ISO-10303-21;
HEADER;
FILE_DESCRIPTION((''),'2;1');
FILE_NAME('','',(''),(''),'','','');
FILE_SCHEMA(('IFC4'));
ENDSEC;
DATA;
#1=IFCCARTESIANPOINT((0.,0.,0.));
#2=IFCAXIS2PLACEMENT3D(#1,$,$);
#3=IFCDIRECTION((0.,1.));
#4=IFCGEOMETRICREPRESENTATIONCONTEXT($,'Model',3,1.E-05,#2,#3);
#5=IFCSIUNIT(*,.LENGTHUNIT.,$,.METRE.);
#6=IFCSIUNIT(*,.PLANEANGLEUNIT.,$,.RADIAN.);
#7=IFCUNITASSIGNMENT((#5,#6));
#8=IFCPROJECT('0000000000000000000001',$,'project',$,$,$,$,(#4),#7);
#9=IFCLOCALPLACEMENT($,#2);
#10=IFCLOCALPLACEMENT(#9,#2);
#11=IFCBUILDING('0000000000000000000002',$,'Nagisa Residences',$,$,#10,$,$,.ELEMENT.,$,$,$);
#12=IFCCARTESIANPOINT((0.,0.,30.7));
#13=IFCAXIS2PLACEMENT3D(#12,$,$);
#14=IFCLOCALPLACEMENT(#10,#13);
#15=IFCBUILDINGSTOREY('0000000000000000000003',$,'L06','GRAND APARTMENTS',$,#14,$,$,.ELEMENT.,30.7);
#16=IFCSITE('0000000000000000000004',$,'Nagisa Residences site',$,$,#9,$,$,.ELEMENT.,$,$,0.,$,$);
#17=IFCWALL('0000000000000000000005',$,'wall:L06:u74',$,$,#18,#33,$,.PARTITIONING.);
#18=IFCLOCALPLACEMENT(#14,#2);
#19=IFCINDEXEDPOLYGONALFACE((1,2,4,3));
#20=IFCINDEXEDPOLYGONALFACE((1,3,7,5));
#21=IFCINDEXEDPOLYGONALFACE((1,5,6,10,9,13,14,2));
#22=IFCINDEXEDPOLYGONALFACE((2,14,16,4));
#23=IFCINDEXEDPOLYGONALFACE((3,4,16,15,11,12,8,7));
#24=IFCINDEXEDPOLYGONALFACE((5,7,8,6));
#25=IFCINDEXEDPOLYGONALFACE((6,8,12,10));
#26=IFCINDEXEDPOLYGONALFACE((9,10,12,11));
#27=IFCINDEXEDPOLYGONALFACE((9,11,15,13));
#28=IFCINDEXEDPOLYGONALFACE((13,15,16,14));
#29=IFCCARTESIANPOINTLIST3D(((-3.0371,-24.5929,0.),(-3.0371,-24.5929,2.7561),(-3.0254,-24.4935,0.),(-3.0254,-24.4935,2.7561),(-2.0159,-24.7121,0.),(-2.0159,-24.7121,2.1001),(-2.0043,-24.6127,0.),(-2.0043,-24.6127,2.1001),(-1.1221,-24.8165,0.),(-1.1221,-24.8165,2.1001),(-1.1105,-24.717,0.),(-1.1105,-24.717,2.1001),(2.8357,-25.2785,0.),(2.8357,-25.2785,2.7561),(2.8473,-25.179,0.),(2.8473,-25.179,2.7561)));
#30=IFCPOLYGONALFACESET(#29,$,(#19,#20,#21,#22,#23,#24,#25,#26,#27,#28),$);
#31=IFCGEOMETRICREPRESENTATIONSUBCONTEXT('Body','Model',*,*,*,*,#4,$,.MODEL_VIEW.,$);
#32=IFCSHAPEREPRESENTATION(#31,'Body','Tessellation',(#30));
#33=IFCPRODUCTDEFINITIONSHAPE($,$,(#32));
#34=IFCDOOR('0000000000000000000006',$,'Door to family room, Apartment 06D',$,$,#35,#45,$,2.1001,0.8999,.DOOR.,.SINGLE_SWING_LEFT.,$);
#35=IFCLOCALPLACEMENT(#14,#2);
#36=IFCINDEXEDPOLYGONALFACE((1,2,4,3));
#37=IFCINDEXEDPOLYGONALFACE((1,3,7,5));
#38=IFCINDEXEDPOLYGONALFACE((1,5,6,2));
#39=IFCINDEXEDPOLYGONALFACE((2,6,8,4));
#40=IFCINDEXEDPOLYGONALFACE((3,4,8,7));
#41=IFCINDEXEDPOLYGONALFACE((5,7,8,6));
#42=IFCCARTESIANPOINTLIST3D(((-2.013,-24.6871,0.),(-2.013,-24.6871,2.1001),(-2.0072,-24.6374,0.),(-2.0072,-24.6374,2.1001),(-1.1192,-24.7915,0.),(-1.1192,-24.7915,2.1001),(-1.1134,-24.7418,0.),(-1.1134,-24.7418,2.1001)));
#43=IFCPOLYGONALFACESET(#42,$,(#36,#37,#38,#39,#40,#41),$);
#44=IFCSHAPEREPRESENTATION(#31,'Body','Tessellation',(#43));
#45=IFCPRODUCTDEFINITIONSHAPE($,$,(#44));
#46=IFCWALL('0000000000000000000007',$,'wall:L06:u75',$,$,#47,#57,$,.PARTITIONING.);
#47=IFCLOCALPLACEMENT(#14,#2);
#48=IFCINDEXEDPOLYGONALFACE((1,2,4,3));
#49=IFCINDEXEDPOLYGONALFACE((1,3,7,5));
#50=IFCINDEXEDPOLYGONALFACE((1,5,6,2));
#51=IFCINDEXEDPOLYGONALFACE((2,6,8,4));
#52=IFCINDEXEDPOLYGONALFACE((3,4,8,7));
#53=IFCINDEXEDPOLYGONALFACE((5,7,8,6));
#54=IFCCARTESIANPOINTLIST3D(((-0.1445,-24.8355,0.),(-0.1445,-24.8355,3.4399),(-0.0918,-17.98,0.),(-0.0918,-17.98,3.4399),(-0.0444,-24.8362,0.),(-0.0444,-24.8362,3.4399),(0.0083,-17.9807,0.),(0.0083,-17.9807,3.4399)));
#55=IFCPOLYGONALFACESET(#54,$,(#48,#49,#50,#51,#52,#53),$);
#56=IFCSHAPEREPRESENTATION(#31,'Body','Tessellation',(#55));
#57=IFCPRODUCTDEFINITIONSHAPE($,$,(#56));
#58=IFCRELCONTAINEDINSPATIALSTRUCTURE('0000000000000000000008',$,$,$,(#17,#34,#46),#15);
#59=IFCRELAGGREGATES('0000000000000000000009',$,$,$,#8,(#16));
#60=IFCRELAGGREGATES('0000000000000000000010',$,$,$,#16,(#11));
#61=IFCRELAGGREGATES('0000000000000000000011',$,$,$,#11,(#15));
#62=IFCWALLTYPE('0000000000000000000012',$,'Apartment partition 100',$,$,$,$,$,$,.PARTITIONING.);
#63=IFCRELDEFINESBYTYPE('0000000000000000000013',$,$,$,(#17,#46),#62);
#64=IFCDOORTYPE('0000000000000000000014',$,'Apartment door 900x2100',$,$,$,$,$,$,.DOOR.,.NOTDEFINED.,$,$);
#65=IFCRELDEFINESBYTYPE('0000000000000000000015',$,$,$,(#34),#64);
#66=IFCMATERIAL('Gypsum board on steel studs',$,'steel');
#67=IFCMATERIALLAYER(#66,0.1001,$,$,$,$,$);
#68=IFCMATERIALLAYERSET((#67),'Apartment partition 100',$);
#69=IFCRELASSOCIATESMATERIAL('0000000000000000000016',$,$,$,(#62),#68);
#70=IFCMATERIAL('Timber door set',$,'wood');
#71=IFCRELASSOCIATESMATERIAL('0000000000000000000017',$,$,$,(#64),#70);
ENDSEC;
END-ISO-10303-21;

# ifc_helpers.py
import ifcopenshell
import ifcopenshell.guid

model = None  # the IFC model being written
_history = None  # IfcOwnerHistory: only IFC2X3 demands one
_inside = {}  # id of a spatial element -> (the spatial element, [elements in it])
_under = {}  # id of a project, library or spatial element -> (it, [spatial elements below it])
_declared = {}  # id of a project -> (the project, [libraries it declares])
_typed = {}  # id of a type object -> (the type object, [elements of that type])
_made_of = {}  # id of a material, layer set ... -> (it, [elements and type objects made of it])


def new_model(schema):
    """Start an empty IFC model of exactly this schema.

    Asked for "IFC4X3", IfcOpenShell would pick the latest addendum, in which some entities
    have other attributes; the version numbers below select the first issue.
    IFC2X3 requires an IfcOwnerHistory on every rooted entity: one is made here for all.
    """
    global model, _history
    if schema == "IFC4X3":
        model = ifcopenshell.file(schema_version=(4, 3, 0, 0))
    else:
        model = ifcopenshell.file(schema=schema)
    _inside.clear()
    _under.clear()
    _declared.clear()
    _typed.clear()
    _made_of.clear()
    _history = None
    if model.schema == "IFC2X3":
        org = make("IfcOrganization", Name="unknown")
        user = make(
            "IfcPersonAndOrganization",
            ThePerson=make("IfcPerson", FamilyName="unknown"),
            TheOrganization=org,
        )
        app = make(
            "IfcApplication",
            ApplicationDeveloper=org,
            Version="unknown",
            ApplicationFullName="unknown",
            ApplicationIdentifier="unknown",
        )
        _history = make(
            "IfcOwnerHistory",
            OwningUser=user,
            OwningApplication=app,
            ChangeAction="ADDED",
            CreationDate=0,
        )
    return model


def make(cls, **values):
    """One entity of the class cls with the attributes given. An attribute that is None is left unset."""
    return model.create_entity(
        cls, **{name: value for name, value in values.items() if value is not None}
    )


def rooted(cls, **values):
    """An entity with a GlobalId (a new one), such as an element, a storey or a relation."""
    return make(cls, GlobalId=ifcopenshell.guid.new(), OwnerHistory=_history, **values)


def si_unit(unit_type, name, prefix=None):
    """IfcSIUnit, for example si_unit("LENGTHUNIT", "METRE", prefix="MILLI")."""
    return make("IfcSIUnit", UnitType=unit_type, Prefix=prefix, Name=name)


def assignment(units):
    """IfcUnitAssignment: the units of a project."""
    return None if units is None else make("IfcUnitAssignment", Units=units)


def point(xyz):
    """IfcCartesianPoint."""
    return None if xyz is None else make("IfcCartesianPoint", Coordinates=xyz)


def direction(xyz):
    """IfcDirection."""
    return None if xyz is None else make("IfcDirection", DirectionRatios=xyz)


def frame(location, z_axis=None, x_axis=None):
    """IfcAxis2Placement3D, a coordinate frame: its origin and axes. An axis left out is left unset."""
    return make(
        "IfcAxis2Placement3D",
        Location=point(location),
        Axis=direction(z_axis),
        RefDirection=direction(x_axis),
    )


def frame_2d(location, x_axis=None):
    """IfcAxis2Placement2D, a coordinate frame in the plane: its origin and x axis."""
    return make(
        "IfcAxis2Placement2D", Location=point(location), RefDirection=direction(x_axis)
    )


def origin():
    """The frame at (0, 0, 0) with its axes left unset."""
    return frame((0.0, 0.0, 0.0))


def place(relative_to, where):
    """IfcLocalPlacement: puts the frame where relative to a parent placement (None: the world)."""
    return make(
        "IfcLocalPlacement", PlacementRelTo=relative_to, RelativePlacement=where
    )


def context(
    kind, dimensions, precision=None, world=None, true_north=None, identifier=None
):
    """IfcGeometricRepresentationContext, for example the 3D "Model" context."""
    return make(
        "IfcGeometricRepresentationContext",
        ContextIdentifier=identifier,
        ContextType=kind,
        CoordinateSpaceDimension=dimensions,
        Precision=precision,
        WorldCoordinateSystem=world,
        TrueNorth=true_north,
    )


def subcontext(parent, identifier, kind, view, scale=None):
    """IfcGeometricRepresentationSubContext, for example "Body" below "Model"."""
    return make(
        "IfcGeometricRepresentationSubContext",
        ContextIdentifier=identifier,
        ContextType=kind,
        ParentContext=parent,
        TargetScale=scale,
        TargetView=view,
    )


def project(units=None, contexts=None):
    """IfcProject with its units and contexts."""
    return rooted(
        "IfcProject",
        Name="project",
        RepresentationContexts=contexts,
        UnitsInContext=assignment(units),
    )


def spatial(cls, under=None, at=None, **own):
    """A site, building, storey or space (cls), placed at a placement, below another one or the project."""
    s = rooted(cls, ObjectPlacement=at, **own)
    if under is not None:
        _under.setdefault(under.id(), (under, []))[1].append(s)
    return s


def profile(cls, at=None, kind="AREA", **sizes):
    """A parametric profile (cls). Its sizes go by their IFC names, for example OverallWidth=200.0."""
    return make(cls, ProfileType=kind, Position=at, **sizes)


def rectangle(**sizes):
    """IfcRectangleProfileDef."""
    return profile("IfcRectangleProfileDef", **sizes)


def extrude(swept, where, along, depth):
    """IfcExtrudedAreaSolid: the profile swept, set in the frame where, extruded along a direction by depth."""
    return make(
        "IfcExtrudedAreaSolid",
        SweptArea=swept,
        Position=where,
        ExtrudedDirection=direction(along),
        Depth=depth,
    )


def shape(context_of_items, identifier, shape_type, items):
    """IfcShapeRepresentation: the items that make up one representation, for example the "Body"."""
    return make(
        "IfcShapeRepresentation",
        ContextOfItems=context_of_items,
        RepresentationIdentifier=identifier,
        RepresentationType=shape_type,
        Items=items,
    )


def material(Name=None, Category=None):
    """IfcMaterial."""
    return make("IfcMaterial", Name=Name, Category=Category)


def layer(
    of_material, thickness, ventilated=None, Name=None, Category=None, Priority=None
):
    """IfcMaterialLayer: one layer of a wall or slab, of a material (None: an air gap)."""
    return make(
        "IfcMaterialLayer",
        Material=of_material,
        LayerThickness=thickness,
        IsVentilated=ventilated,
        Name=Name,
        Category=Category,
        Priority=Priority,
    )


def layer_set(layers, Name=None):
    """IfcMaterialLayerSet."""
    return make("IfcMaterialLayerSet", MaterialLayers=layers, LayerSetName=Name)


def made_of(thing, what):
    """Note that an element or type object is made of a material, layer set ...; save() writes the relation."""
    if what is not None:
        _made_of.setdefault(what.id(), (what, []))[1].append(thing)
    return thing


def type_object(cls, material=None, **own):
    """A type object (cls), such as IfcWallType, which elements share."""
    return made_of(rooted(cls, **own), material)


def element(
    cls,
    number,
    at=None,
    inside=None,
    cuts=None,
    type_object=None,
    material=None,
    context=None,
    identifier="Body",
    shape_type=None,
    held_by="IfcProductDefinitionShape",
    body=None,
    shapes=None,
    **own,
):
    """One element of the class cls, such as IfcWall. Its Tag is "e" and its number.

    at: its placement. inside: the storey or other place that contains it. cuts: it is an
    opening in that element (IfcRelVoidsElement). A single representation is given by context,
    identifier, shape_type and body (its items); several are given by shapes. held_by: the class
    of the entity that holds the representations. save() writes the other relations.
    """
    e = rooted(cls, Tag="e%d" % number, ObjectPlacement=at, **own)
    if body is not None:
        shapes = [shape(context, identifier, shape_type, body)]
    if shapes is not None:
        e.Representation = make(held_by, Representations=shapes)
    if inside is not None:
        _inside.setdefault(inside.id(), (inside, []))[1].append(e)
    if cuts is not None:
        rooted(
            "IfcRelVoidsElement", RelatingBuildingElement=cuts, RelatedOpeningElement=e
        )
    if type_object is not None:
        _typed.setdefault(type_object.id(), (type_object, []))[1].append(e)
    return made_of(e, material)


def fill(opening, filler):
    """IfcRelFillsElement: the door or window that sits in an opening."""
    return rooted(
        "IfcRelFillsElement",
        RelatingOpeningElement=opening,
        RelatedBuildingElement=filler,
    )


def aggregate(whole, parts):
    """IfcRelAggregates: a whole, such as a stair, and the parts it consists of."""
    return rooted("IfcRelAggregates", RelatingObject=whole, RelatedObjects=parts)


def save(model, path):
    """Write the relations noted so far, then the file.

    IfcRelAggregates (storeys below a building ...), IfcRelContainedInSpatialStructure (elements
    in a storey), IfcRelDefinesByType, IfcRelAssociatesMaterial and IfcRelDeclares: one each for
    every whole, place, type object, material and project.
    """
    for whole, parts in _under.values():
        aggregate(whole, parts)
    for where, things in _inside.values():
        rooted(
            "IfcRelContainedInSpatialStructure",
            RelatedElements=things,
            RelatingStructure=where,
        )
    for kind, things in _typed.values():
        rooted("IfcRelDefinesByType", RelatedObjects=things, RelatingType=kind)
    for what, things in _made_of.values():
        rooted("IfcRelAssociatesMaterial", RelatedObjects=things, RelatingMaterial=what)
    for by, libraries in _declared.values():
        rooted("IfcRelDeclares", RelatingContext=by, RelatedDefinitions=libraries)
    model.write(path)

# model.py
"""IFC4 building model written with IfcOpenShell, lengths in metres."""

from ifc_helpers import new_model, si_unit, direction, frame, frame_2d, origin, place, context, subcontext, project, spatial, rectangle, extrude, material, layer, layer_set, type_object, element, fill, save


model = new_model("IFC4")

# Units and contexts
model_context = context("Model", 3, precision=1e-05, world=origin(), true_north=direction((0.0, 1.0)))
body_context = subcontext(model_context, "Body", "Model", "MODEL_VIEW")
ifc_project = project(units=[si_unit("LENGTHUNIT", "METRE"), si_unit("PLANEANGLEUNIT", "RADIAN")], contexts=[model_context])

# Site, building, storey
site_placement = place(None, origin())
site = spatial("IfcSite", under=ifc_project, at=site_placement, Name="Nagisa Residences site", CompositionType="ELEMENT", RefElevation=0.0)
building_placement = place(site_placement, origin())
building = spatial("IfcBuilding", under=site, at=building_placement, Name="Nagisa Residences", CompositionType="ELEMENT")
storey_placement = place(building_placement, frame((0.0, 0.0, 30.7)))
storey = spatial("IfcBuildingStorey", under=building, at=storey_placement, Name="L06", Description="GRAND APARTMENTS", CompositionType="ELEMENT", Elevation=30.7)

# Shared definitions
ifc_material_1 = material(Name="Gypsum board on steel studs", Category="steel")
ifc_layer_1 = layer(ifc_material_1, 0.1001)
ifc_layer_set_1 = layer_set([ifc_layer_1], Name="Apartment partition 100")
wall_type_1 = type_object("IfcWallType", Name="Apartment partition 100", PredefinedType="PARTITIONING", material=ifc_layer_set_1)

# Shared definitions
ifc_material_2 = material(Name="Timber door set", Category="wood")
door_type_1 = type_object("IfcDoorType", Name="Apartment door 900x2100", OperationType="NOTDEFINED", PredefinedType="DOOR", material=ifc_material_2)

# Wall, opening, door
wall_1_placement = place(storey_placement, frame((-3.0312, -24.5432, 0.0), z_axis=(0.0, 0.0, 1.0), x_axis=(0.993256, -0.115945, 0.0)))
wall_1 = element("IfcWall", 1, at=wall_1_placement, inside=storey, type_object=wall_type_1, Name="wall:L06:u74", PredefinedType="PARTITIONING", context=body_context, shape_type="SweptSolid", body=[
    extrude(rectangle(XDim=5.9126, YDim=0.1001, at=frame_2d((2.9563, 0.0))), origin(), (0.0, 0.0, 1.0), 2.7561),
])
opening_1_placement = place(wall_1_placement, frame((1.0281, 0.0, 0.0)))
opening_1 = element("IfcOpeningElement", 2, at=opening_1_placement, cuts=wall_1, PredefinedType="OPENING", context=body_context, shape_type="SweptSolid", body=[
    extrude(rectangle(XDim=0.8999, YDim=2.1001, at=frame_2d((0.45, 1.05))), frame((0.0, 0.0601, 0.0), z_axis=(0.0, -1.0, 0.0), x_axis=(1.0, 0.0, 0.0)), (0.0, 0.0, 1.0), 0.1201),
])
door_1_placement = place(opening_1_placement, frame((0.8999, 0.0, 0.0), x_axis=(-1.0, 0.0, 0.0)))
door_1 = element("IfcDoor", 3, at=door_1_placement, inside=storey, type_object=door_type_1, Name="Door to family room, Apartment 06D", OperationType="SINGLE_SWING_LEFT", OverallHeight=2.1001, OverallWidth=0.8999, PredefinedType="DOOR", context=body_context, shape_type="SweptSolid", body=[
    extrude(rectangle(XDim=0.8999, YDim=2.1001, at=frame_2d((0.45, 1.05))), frame((0.0, 0.0249, 0.0), z_axis=(0.0, -1.0, 0.0), x_axis=(1.0, 0.0, 0.0)), (0.0, 0.0, 1.0), 0.05),
])
fill(opening_1, door_1)

# Wall
wall_2_placement = place(storey_placement, frame((-0.0417, -17.9805, 0.0), z_axis=(0.0, 0.0, 1.0), x_axis=(-0.007692, -0.99997, 0.0)))
element("IfcWall", 4, at=wall_2_placement, inside=storey, type_object=wall_type_1, Name="wall:L06:u75", PredefinedType="PARTITIONING", context=body_context, shape_type="SweptSolid", body=[
    extrude(rectangle(XDim=6.8557, YDim=0.1001, at=frame_2d((3.4277, 0.0))), origin(), (0.0, 0.0, 1.0), 3.4399),
])

save(model, "model.ifc")
